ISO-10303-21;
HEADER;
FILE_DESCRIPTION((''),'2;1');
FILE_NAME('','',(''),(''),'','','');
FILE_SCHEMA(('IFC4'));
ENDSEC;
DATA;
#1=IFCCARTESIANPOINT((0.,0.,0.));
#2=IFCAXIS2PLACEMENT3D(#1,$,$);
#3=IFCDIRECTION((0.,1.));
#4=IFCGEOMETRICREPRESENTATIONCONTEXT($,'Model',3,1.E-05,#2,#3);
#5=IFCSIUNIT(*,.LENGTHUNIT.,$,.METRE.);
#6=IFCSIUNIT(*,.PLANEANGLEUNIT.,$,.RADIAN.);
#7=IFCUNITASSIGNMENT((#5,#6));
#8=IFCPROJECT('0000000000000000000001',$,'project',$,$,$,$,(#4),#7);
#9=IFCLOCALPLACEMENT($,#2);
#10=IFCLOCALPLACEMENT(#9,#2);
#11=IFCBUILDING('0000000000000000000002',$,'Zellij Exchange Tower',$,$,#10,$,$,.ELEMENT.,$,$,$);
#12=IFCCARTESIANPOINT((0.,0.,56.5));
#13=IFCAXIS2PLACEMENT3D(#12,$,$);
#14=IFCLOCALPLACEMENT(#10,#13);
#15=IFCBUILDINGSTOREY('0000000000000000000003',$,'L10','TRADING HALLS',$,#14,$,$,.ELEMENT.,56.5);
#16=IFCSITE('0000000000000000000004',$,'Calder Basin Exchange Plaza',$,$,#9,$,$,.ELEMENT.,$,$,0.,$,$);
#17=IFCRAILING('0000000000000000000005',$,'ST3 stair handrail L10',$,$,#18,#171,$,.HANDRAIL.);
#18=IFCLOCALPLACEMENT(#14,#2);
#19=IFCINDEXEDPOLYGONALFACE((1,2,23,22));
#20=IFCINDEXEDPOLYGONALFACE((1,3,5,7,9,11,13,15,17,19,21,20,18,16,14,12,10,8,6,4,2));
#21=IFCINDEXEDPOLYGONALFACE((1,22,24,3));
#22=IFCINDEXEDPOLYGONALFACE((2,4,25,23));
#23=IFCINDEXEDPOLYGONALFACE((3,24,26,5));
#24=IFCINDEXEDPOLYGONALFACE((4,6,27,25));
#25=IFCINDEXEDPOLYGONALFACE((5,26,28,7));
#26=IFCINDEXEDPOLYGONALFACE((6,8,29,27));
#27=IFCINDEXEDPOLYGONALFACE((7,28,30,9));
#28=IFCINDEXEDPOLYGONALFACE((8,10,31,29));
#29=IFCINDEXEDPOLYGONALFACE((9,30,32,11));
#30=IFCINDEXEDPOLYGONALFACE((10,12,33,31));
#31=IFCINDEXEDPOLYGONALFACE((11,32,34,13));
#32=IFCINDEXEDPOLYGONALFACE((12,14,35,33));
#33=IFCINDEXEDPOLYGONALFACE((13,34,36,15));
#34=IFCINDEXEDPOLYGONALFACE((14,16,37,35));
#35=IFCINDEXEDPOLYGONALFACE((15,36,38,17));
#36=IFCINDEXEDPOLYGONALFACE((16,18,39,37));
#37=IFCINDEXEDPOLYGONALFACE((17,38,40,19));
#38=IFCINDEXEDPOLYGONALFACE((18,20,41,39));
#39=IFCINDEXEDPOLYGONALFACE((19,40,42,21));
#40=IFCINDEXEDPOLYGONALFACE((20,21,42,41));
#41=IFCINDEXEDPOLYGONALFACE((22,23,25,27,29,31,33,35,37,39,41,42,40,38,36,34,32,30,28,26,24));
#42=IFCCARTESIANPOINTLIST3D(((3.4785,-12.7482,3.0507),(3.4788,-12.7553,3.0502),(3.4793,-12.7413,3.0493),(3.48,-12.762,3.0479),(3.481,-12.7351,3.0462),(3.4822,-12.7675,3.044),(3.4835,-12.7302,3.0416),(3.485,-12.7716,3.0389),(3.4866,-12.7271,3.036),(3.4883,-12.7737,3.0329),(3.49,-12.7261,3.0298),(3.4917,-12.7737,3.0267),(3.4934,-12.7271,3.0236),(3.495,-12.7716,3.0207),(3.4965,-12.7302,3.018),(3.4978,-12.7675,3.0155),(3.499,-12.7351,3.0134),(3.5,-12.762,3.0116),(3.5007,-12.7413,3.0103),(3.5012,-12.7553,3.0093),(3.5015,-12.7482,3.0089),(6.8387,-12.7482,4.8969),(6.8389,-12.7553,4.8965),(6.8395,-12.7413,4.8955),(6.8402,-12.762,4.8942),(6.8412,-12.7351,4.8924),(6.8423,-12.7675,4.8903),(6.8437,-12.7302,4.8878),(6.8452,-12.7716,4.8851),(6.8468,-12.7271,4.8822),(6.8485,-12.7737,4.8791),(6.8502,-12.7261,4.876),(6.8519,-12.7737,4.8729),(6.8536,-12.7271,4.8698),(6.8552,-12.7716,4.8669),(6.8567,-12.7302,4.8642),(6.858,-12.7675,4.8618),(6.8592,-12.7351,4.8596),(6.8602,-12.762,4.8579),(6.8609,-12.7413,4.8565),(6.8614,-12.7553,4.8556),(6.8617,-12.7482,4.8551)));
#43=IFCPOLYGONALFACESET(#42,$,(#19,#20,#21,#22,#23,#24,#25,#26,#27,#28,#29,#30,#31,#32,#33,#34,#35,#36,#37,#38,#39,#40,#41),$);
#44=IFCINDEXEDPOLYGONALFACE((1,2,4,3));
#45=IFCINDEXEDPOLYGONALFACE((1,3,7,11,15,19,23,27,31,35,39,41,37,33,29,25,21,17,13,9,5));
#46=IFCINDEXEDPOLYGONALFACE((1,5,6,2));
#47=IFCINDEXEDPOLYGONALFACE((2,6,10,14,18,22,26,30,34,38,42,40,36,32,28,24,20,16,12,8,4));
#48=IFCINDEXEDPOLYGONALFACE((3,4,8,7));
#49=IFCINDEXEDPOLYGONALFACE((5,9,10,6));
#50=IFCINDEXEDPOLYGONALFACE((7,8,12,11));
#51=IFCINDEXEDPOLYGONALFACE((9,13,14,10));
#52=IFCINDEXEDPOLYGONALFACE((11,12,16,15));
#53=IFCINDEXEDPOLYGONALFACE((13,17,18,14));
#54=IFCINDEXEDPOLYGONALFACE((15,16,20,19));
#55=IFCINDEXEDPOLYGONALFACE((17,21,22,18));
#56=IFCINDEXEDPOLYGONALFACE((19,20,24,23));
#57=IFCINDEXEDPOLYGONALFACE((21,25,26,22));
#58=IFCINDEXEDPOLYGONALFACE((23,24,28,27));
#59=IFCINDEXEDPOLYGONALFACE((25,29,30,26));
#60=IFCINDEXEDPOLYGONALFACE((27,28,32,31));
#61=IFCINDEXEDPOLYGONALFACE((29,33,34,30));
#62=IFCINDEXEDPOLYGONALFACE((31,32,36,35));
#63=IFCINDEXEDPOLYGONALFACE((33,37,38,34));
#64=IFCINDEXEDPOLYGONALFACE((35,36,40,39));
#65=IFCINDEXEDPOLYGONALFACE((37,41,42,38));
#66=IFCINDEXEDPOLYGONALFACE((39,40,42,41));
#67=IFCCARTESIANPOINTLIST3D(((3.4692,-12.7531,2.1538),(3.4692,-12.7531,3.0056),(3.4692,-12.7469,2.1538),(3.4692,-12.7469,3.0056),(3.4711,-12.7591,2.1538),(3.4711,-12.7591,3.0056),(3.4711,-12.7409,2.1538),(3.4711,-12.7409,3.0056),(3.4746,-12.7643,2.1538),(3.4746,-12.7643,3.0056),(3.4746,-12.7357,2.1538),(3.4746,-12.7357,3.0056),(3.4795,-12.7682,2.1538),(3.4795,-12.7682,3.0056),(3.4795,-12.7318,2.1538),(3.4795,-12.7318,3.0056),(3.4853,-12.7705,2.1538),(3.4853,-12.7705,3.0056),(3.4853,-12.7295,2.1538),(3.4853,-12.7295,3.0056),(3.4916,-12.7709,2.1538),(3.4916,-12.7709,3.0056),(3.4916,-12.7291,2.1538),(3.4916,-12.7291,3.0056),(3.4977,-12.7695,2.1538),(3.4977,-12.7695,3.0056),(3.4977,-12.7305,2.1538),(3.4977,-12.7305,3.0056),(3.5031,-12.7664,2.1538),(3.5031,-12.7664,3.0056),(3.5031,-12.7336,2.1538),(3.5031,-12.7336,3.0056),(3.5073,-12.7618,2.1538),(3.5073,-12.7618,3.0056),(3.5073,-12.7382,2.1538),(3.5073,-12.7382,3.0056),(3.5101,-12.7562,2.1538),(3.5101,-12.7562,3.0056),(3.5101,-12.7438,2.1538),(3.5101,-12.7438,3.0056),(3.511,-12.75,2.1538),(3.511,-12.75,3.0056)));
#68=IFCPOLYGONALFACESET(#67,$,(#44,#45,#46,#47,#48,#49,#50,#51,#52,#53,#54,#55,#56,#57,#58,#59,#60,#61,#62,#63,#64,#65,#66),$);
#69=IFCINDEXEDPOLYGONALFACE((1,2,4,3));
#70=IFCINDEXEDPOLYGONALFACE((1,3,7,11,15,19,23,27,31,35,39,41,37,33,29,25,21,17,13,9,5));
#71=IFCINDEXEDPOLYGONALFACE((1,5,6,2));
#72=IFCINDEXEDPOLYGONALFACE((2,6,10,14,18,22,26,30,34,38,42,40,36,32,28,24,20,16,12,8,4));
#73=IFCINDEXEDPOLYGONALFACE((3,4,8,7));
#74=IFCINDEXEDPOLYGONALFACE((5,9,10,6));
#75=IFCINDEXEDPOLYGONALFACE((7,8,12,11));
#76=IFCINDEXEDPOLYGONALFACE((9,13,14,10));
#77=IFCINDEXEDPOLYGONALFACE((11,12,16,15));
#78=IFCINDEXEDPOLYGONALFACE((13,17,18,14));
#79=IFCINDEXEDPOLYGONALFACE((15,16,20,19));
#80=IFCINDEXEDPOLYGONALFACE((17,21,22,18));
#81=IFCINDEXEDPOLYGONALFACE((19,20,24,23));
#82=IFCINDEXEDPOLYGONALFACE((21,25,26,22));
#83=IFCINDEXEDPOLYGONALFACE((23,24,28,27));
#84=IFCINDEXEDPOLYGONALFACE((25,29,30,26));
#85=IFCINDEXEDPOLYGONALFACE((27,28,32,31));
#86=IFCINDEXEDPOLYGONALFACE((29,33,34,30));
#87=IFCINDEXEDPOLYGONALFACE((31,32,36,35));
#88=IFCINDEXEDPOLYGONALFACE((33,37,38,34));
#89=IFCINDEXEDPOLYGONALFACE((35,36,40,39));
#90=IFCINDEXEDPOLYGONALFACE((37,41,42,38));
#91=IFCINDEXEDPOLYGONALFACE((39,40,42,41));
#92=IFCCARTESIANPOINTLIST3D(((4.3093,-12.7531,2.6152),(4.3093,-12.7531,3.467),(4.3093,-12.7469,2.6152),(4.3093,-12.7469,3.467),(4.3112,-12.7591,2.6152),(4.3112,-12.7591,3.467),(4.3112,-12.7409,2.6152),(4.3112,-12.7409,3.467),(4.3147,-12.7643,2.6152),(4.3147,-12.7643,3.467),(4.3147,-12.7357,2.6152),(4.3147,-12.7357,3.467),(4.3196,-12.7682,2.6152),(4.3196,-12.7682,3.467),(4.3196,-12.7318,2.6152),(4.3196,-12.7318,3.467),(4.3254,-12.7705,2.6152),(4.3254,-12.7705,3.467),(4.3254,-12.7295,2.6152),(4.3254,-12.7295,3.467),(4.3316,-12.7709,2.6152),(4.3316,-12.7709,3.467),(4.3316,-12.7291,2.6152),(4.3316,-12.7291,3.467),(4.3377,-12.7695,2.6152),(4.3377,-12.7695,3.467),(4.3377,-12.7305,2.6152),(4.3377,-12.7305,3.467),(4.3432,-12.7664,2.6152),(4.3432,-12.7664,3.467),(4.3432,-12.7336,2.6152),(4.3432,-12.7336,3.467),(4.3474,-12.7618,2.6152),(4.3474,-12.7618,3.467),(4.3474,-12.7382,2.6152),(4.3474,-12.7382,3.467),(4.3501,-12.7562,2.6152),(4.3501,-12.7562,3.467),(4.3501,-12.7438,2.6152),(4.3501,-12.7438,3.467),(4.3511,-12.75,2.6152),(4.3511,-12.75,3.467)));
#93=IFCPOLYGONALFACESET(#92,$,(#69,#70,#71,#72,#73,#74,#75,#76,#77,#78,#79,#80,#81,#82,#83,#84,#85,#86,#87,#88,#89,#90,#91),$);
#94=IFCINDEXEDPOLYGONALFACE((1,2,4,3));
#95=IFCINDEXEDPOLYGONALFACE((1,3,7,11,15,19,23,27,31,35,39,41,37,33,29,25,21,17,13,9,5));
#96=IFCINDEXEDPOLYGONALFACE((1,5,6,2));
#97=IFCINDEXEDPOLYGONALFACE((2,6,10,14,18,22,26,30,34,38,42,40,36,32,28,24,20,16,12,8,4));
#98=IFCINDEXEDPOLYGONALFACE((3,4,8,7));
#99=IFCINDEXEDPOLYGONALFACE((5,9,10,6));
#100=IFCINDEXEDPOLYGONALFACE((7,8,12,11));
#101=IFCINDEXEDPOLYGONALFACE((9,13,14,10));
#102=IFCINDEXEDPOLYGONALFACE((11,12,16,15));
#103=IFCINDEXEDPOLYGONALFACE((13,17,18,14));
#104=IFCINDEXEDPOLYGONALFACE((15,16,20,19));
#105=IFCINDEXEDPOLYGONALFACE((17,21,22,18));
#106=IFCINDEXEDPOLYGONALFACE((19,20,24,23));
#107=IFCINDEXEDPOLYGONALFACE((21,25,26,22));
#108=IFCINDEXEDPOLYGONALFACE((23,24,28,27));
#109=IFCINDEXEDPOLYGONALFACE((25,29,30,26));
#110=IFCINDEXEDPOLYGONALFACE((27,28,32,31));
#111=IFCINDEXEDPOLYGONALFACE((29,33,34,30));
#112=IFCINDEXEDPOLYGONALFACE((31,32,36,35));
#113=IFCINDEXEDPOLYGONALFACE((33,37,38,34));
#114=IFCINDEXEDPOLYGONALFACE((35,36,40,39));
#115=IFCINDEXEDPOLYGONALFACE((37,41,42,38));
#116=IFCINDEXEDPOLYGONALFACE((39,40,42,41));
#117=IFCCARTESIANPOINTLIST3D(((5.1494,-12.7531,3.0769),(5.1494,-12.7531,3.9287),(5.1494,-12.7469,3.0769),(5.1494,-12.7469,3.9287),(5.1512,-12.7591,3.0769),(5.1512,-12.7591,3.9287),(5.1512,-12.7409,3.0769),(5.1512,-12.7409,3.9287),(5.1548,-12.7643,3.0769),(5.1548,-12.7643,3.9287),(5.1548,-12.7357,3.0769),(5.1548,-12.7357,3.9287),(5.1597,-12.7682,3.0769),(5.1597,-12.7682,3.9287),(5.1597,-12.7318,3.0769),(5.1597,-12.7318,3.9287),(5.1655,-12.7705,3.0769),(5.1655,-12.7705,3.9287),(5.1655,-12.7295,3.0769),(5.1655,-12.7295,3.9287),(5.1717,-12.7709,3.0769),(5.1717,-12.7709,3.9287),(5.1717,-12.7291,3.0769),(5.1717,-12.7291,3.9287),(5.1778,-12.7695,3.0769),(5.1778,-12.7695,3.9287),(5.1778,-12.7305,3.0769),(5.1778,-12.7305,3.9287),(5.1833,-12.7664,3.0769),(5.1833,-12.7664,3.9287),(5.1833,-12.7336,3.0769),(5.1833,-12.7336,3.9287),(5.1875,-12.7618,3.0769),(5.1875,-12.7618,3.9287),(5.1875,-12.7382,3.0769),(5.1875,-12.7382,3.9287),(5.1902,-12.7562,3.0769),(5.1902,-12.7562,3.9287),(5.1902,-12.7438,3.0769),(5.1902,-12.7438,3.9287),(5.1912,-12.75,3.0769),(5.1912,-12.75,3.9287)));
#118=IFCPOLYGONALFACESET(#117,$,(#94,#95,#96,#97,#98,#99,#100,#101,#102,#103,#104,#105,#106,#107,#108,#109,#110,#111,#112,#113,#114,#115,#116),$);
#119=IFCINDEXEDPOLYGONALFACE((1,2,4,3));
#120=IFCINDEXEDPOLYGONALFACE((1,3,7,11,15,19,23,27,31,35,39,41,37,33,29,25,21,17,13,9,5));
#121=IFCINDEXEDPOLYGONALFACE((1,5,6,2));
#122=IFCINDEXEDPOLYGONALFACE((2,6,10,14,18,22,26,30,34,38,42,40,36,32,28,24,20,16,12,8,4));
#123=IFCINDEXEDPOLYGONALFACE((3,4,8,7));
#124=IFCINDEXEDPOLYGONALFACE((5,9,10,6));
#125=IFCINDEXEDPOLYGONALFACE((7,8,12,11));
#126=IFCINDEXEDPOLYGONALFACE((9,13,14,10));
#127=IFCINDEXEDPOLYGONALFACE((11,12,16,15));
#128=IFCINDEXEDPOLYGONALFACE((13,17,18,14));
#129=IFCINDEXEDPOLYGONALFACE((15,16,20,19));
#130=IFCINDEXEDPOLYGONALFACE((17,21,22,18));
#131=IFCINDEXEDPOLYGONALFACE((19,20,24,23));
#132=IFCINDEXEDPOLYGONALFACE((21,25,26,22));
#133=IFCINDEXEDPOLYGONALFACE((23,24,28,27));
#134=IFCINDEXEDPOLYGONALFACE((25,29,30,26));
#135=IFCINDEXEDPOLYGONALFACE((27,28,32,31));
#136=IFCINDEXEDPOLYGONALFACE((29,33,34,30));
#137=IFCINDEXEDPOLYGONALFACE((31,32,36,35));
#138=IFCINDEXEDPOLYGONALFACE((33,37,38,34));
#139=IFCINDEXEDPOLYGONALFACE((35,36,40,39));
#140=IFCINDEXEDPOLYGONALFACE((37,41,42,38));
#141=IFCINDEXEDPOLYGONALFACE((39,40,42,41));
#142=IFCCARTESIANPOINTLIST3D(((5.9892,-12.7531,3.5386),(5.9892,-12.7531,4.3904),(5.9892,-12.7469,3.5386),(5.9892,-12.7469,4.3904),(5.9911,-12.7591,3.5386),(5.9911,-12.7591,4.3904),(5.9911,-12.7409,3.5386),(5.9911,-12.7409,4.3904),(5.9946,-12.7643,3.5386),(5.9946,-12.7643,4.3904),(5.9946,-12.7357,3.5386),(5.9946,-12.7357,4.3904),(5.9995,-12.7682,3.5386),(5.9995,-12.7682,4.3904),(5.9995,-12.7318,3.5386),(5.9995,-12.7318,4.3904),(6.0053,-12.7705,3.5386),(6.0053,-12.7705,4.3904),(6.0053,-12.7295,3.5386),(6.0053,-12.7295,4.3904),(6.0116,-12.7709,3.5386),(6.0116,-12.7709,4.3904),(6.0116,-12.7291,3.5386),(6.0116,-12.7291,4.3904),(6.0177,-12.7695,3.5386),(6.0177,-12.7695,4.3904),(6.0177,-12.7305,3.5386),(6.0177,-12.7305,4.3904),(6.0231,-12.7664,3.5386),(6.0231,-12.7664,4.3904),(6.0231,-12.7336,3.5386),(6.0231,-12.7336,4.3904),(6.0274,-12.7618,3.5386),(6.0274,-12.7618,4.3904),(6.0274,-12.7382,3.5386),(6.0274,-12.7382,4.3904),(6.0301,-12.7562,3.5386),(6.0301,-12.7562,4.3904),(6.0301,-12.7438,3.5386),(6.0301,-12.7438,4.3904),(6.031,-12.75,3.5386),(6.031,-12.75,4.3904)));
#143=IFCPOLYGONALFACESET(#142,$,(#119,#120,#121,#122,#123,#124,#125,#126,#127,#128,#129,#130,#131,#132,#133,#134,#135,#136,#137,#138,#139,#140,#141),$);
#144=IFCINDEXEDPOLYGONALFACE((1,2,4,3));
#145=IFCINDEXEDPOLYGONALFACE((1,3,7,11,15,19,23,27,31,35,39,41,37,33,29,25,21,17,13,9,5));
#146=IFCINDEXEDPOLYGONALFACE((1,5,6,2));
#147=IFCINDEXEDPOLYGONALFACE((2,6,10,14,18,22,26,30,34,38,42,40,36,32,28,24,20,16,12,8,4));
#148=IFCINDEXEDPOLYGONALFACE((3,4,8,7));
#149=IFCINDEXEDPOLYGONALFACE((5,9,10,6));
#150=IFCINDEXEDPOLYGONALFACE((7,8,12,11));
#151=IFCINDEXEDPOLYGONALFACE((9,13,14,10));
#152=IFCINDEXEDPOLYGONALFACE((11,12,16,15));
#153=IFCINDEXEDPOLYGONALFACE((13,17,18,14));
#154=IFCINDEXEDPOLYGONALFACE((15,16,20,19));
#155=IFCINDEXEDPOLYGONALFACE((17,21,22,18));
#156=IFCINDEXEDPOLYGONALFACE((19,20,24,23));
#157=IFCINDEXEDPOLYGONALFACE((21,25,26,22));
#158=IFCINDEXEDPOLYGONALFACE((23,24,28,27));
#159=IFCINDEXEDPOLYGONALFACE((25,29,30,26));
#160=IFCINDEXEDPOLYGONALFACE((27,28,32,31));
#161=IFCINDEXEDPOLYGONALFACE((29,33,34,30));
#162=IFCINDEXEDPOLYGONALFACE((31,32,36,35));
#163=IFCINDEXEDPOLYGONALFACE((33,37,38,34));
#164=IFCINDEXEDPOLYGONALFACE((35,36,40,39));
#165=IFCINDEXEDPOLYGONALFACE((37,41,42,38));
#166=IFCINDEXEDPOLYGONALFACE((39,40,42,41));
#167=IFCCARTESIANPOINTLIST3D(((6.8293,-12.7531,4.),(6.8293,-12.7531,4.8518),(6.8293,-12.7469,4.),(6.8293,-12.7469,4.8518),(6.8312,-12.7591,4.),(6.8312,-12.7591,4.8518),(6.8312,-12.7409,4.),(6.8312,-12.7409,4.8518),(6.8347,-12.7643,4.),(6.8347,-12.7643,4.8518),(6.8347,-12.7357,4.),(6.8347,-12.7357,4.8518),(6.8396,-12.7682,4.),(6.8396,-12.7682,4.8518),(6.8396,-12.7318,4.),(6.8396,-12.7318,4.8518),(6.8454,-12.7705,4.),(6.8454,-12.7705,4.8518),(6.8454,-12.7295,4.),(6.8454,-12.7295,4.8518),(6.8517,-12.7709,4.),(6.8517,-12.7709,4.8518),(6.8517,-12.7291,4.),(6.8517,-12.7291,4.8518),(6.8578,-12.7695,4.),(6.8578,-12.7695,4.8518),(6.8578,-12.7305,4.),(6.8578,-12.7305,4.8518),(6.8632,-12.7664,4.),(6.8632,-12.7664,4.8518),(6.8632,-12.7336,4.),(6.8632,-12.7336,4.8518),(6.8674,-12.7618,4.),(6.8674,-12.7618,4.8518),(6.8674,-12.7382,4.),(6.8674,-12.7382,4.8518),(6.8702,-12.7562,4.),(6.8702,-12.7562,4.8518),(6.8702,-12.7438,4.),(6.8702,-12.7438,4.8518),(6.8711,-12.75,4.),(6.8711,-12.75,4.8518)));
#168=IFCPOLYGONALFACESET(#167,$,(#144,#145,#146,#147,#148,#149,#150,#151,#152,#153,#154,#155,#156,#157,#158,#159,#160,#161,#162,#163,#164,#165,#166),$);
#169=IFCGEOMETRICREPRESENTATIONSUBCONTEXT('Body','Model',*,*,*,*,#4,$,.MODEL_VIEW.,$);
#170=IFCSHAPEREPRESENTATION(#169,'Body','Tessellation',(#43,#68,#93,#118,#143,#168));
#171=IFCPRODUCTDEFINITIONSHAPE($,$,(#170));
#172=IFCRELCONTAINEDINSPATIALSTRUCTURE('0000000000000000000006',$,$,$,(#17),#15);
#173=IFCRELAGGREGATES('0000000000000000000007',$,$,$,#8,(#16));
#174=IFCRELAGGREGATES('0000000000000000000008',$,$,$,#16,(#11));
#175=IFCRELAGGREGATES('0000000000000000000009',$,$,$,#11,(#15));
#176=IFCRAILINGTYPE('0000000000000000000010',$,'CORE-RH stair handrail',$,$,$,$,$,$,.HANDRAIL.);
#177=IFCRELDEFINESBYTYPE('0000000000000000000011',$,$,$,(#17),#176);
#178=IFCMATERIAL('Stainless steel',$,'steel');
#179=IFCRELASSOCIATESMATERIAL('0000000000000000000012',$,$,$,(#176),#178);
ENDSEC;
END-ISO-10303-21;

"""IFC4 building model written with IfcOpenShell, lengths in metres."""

from ifc_helpers import new_model, si_unit, direction, frame, origin, origin_2d, place, context, subcontext, project, spatial, circle, extrude, material, type_object, element, save


model = new_model("IFC4")

# Units and contexts
model_context = context("Model", 3, precision=1e-05, world=origin(), true_north=direction((0.0, 1.0)))
body_context = subcontext(model_context, "Body", "Model", "MODEL_VIEW")
ifc_project = project(units=[si_unit("LENGTHUNIT", "METRE"), si_unit("PLANEANGLEUNIT", "RADIAN")], contexts=[model_context])

# Site, building, storey
site_placement = place(None, origin())
site = spatial("IfcSite", under=ifc_project, at=site_placement, Name="Calder Basin Exchange Plaza", CompositionType="ELEMENT", RefElevation=0.0)
building_placement = place(site_placement, origin())
building = spatial("IfcBuilding", under=site, at=building_placement, Name="Zellij Exchange Tower", CompositionType="ELEMENT")
storey_placement = place(building_placement, frame((0.0, 0.0, 56.5)))
storey = spatial("IfcBuildingStorey", under=building, at=storey_placement, Name="L10", Description="TRADING HALLS", CompositionType="ELEMENT", Elevation=56.5)

# Railing
ifc_material_1 = material(Name="Stainless steel", Category="steel")
railing_type_1 = type_object("IfcRailingType", Name="CORE-RH stair handrail", PredefinedType="HANDRAIL", material=ifc_material_1)
for number, where, name in (
    (1, (3.49, -12.75, 2.1538), "ST3 stair handrail L10"),
):
    element("IfcRailing", number, at=place(storey_placement, frame(where)), inside=storey, type_object=railing_type_1, Name=name, PredefinedType="HANDRAIL", context=body_context, shape_type="SweptSolid", body=[
        extrude(circle(Radius=0.0239, at=origin_2d()), frame((0.0, 0.0, 0.876), z_axis=(0.876422, 0.0, 0.481545), x_axis=(0.0, 1.0, 0.0)), (0.0, 0.0, 1.0), 3.834),
        extrude(circle(Radius=0.021, at=origin_2d()), origin(), (0.0, 0.0, 1.0), 0.8518),
        extrude(circle(Radius=0.021, at=origin_2d()), frame((0.8401, 0.0, 0.4614)), (0.0, 0.0, 1.0), 0.8518),
        extrude(circle(Radius=0.021, at=origin_2d()), frame((1.6802, 0.0, 0.9231)), (0.0, 0.0, 1.0), 0.8518),
        extrude(circle(Radius=0.021, at=origin_2d()), frame((2.52, 0.0, 1.3848)), (0.0, 0.0, 1.0), 0.8518),
        extrude(circle(Radius=0.021, at=origin_2d()), frame((3.3601, 0.0, 1.8462)), (0.0, 0.0, 1.0), 0.8518),
    ])

save(model, "model.ifc")
